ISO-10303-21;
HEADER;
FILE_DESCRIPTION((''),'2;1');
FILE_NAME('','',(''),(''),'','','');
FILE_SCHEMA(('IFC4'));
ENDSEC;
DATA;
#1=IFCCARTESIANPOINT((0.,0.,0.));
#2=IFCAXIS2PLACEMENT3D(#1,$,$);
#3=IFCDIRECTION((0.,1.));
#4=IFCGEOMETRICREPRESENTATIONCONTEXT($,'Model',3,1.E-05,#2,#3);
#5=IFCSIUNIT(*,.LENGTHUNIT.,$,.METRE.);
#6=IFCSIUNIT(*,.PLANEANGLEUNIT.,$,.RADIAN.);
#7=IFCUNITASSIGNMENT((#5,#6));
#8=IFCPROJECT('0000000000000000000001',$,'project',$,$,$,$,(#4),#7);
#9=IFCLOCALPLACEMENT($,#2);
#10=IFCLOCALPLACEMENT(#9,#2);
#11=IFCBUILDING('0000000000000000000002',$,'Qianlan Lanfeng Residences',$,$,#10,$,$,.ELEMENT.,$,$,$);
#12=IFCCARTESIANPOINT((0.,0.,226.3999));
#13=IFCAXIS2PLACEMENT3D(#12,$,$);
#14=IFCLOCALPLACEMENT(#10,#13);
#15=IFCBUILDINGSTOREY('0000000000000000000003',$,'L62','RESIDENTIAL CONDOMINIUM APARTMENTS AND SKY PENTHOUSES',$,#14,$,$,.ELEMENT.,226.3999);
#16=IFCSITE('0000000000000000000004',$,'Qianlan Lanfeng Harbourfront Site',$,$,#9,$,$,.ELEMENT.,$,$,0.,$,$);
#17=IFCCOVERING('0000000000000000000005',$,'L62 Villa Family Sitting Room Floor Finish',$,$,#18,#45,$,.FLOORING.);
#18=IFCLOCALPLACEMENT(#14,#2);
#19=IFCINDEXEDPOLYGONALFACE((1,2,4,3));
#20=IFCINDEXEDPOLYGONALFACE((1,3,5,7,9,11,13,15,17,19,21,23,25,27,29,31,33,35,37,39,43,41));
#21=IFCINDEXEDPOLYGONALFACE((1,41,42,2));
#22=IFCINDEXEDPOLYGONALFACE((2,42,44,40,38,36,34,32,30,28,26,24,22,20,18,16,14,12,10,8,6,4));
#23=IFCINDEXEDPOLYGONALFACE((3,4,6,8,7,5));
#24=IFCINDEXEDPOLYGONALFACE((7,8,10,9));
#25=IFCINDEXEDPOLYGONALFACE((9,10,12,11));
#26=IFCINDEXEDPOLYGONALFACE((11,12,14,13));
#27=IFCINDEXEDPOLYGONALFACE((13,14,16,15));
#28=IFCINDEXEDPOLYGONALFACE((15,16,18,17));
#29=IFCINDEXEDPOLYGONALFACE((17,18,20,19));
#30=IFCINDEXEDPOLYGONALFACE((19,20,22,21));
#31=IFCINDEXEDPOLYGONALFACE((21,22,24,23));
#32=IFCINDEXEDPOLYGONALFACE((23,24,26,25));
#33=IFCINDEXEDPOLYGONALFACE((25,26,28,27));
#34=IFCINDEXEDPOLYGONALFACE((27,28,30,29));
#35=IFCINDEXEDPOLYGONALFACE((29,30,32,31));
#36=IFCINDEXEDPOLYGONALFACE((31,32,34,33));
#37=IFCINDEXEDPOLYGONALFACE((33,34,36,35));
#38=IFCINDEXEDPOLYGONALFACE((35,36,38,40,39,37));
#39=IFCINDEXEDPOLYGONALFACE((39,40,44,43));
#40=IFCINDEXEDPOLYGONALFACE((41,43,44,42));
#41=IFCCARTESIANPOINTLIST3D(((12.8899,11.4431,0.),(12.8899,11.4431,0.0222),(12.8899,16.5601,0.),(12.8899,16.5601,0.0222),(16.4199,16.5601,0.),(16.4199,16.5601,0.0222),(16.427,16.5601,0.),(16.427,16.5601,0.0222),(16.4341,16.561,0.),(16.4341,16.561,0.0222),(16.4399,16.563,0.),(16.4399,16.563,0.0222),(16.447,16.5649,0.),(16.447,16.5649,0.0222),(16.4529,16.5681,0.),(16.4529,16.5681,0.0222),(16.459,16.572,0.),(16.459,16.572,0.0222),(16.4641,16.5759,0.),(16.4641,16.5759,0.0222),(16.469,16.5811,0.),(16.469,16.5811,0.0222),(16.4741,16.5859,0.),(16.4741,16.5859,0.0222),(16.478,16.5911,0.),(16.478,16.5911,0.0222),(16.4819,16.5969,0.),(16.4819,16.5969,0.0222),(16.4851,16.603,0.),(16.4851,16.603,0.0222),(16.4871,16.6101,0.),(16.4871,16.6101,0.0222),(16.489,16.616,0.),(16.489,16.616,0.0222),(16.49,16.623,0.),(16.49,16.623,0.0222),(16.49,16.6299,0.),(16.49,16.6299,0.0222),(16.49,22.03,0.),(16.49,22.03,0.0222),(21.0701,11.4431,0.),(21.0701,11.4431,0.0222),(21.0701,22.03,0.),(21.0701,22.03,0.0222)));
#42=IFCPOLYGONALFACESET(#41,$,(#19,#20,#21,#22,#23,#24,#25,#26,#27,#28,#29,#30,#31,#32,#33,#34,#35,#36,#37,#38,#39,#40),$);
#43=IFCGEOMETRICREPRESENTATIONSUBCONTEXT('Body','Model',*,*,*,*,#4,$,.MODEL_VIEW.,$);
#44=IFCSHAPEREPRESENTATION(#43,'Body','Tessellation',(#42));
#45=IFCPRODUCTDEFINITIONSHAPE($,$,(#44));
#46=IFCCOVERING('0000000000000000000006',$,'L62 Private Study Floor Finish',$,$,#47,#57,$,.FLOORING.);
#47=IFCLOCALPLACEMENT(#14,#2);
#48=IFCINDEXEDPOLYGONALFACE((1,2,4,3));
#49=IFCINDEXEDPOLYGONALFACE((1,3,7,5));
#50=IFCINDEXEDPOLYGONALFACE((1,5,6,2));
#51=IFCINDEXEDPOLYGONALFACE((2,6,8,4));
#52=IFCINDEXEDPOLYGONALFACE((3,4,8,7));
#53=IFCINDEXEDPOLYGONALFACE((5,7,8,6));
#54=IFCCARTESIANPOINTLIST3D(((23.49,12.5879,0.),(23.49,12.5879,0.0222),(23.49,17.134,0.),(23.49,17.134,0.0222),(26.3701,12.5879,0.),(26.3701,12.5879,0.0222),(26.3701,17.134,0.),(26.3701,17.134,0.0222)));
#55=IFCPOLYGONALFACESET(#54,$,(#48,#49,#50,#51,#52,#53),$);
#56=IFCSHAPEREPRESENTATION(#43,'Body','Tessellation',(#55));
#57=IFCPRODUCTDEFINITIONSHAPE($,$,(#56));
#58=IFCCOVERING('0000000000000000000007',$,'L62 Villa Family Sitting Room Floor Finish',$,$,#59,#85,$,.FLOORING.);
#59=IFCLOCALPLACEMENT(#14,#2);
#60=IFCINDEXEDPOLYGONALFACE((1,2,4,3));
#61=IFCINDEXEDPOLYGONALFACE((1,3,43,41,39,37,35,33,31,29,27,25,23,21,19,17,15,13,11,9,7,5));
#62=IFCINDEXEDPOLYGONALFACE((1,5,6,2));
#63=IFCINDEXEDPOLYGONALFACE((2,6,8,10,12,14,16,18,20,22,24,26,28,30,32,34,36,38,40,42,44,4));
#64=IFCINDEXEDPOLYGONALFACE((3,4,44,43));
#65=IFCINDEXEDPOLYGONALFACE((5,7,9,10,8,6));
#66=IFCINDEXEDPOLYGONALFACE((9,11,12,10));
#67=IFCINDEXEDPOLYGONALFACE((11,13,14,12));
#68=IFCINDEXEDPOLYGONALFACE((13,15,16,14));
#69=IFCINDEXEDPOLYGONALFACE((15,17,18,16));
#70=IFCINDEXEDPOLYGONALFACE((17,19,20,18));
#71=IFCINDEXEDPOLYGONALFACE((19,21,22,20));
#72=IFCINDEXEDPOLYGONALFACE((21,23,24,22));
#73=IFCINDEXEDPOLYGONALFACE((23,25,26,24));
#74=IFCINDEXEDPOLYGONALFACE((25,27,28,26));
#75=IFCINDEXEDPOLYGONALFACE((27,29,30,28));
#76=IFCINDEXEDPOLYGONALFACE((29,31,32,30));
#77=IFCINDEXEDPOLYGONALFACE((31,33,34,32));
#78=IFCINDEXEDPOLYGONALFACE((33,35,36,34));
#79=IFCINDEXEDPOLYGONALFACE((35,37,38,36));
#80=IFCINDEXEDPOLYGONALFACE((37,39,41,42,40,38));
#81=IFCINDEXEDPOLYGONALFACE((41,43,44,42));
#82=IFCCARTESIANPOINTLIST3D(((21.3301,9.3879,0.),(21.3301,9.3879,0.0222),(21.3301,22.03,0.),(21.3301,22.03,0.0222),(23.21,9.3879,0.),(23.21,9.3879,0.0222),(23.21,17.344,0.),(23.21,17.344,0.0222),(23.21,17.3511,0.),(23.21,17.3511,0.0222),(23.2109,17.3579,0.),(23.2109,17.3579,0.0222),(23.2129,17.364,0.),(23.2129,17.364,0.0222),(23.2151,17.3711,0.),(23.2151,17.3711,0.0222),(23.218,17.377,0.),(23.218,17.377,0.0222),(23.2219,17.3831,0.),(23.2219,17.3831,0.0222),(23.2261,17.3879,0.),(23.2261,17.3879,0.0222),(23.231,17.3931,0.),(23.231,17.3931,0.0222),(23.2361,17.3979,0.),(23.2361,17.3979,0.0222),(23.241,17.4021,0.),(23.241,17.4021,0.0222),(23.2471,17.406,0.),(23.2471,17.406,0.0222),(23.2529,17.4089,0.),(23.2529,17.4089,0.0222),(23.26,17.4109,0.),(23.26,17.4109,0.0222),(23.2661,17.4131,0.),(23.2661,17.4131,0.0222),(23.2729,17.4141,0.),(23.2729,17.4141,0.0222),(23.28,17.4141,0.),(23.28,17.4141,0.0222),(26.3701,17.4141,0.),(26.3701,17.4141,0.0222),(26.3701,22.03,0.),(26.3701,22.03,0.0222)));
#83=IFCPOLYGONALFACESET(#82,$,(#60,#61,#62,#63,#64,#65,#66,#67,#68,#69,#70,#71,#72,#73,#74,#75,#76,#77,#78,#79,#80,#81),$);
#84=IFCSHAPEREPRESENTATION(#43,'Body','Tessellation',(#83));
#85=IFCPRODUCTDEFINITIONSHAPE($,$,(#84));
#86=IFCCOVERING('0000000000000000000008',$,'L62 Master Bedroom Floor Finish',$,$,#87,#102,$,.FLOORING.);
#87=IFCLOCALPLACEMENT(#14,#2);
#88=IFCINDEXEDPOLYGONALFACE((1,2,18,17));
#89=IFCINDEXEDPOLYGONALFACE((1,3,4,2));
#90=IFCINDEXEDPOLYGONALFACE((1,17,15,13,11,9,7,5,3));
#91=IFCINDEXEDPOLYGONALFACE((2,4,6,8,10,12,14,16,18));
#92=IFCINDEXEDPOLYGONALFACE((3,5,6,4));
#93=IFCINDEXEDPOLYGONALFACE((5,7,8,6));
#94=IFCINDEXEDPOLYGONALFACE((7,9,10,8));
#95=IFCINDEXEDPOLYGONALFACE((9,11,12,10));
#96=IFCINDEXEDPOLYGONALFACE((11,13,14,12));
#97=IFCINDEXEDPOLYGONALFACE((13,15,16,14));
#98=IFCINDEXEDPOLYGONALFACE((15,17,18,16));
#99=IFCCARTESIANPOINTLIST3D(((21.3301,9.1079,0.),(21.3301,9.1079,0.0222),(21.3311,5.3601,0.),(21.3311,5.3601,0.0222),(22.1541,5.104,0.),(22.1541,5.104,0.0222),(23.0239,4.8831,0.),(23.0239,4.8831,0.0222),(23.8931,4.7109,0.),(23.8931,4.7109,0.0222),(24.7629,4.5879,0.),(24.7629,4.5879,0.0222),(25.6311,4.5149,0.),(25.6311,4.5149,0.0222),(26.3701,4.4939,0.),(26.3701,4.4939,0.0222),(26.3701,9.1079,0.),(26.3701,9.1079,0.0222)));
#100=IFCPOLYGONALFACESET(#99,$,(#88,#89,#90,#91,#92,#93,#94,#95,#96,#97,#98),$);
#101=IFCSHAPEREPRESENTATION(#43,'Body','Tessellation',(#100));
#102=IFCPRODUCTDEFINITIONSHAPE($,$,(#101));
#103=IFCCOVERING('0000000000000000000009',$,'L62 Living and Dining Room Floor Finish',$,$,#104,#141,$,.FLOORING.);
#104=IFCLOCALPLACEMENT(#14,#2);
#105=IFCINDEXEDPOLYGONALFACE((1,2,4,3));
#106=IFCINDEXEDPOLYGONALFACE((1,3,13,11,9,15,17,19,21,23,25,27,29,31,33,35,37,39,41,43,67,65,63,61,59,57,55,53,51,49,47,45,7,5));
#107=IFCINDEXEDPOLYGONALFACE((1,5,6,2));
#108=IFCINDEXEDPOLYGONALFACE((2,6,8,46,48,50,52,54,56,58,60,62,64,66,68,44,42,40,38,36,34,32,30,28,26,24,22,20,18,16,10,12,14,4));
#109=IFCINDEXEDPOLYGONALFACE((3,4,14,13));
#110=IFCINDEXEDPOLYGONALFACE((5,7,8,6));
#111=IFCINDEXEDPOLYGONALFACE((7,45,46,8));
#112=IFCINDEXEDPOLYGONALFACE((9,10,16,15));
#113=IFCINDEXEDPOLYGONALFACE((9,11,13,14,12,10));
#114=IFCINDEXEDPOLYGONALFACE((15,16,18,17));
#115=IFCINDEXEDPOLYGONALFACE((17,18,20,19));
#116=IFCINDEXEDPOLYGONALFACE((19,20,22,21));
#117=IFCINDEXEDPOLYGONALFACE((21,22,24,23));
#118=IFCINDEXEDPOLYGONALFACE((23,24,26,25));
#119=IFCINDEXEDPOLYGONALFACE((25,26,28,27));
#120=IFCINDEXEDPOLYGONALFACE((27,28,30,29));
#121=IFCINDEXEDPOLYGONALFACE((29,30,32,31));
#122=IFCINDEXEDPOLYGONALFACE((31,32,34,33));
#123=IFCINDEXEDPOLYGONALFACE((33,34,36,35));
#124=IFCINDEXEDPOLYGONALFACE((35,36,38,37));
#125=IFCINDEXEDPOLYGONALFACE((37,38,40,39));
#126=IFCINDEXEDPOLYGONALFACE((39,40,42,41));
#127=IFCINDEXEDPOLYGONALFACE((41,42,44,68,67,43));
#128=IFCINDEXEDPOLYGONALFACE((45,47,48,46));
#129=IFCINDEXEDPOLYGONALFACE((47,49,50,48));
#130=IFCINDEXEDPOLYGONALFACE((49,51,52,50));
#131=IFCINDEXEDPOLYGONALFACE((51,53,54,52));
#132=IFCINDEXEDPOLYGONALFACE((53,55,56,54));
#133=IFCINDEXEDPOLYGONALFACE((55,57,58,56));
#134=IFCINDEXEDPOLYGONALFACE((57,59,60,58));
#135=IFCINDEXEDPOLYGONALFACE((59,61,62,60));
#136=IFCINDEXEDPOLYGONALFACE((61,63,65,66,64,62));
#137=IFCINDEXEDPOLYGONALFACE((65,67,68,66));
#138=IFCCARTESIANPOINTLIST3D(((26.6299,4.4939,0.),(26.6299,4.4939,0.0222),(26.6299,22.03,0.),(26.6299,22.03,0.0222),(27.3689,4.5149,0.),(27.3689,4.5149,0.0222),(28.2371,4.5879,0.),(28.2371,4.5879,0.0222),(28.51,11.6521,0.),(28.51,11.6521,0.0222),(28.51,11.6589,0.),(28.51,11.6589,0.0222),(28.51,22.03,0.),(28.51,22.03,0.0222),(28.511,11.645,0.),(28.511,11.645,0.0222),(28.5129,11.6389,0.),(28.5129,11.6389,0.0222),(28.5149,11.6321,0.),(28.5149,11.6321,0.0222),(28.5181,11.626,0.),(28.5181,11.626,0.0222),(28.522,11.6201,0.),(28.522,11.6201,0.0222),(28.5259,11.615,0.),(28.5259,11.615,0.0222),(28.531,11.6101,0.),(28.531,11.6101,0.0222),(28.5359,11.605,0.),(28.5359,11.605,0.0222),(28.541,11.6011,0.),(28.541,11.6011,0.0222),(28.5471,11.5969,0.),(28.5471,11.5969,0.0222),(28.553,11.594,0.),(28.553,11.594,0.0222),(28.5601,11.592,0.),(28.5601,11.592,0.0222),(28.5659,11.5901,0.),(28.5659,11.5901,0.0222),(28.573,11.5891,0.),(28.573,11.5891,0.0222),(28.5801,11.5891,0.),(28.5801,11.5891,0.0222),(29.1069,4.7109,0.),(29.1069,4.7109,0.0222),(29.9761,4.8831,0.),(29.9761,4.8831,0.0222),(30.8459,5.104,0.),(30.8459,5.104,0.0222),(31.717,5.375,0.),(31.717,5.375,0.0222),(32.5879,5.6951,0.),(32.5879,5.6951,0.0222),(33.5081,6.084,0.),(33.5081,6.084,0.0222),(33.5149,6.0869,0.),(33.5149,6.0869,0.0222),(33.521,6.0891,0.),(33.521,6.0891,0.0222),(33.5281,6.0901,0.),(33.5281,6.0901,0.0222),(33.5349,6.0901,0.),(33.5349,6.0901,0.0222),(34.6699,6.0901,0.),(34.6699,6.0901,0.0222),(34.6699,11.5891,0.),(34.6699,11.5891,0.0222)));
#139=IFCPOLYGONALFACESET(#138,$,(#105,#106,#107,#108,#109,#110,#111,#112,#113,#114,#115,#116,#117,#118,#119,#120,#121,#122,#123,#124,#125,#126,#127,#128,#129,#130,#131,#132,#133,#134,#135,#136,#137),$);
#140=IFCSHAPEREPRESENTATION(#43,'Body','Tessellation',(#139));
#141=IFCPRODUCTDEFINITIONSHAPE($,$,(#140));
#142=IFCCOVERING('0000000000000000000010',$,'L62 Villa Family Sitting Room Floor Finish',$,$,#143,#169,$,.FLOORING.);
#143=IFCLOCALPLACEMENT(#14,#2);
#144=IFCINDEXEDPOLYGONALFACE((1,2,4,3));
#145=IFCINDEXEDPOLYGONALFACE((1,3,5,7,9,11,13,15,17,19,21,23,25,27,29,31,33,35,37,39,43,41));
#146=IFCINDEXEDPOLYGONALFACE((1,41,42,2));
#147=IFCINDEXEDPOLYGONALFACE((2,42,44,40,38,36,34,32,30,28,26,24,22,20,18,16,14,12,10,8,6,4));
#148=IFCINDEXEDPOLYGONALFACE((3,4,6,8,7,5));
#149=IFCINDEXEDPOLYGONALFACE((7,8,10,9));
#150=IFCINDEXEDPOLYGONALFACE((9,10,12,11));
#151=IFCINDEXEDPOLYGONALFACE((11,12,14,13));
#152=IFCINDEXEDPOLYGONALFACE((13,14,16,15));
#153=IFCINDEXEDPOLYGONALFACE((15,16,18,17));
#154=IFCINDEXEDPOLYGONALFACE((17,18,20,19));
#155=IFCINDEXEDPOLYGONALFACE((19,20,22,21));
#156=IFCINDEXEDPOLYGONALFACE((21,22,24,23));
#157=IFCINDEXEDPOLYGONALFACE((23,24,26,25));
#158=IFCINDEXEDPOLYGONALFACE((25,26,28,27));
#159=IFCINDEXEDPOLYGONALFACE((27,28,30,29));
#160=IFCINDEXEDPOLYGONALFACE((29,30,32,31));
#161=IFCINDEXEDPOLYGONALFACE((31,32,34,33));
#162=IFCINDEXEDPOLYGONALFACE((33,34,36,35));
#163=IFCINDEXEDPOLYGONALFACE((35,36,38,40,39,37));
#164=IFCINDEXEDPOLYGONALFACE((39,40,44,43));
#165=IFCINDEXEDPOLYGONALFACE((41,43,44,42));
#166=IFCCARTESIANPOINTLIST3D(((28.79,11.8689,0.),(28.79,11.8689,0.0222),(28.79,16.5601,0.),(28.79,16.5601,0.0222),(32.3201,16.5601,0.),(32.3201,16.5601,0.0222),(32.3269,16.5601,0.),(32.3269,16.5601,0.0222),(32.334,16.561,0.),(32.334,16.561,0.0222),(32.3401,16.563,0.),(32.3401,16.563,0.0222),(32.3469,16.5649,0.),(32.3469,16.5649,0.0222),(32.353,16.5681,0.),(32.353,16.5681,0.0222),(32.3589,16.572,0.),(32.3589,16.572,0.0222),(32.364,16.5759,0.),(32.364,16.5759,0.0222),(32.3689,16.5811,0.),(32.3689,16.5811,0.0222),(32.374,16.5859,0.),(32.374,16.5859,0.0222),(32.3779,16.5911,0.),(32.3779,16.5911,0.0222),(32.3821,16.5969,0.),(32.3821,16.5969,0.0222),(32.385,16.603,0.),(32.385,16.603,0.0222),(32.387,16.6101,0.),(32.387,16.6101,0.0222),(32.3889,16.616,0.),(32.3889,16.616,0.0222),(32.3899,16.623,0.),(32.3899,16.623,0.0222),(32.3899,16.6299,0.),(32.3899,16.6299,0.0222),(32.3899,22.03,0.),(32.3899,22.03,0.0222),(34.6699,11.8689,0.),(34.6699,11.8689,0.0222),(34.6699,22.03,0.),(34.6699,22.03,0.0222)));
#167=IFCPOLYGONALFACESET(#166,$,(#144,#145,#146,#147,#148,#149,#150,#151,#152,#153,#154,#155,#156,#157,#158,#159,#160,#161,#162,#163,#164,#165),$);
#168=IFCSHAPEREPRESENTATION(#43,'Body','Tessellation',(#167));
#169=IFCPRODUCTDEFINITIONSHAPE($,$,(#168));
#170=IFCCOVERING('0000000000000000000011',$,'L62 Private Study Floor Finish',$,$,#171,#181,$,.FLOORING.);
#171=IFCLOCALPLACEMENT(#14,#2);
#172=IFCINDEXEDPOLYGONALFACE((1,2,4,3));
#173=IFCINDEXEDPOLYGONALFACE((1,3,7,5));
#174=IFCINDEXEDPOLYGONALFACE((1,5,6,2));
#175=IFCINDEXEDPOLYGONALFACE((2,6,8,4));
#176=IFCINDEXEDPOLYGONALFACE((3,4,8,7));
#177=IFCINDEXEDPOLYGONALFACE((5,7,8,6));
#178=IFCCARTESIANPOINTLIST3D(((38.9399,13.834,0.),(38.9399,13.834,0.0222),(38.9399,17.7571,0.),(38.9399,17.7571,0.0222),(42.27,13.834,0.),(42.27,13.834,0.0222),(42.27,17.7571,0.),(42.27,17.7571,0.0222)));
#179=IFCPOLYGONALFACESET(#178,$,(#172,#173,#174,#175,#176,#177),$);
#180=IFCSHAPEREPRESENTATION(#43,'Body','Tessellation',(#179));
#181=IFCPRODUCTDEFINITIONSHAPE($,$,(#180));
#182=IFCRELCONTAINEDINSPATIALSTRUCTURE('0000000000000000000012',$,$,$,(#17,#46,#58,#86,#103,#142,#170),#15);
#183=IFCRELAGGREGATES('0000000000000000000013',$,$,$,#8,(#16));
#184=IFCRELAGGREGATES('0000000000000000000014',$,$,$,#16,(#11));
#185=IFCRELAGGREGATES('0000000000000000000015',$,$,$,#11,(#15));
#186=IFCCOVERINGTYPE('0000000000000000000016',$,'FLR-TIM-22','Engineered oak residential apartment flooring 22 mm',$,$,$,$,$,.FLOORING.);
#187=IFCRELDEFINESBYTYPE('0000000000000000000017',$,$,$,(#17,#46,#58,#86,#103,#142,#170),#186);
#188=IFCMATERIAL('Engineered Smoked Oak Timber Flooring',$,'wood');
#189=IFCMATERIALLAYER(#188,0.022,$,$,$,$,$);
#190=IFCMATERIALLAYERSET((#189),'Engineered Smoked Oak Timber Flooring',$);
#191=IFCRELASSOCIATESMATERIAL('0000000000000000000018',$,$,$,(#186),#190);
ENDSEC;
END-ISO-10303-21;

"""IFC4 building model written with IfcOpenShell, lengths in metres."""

from ifc_helpers import new_model, si_unit, direction, frame, origin, place, context, subcontext, project, spatial, polyline, outline, extrude, material, layer, layer_set, type_object, element, save


model = new_model("IFC4")

# Units and contexts
model_context = context("Model", 3, precision=1e-05, world=origin(), true_north=direction((0.0, 1.0)))
body_context = subcontext(model_context, "Body", "Model", "MODEL_VIEW")
ifc_project = project(units=[si_unit("LENGTHUNIT", "METRE"), si_unit("PLANEANGLEUNIT", "RADIAN")], contexts=[model_context])

# Site, building, storey
site_placement = place(None, origin())
site = spatial("IfcSite", under=ifc_project, at=site_placement, Name="Qianlan Lanfeng Harbourfront Site", CompositionType="ELEMENT", RefElevation=0.0)
building_placement = place(site_placement, origin())
building = spatial("IfcBuilding", under=site, at=building_placement, Name="Qianlan Lanfeng Residences", CompositionType="ELEMENT")
storey_placement = place(building_placement, frame((0.0, 0.0, 226.3999)))
storey = spatial("IfcBuildingStorey", under=building, at=storey_placement, Name="L62", Description="RESIDENTIAL CONDOMINIUM APARTMENTS AND SKY PENTHOUSES", CompositionType="ELEMENT", Elevation=226.3999)

# Coverings
ifc_material_1 = material(Name="Engineered Smoked Oak Timber Flooring", Category="wood")
ifc_layer_1 = layer(ifc_material_1, 0.022)
ifc_layer_set_1 = layer_set([ifc_layer_1], Name="Engineered Smoked Oak Timber Flooring")
covering_type_1 = type_object("IfcCoveringType", Name="FLR-TIM-22", Description="Engineered oak residential apartment flooring 22 mm", PredefinedType="FLOORING", material=ifc_layer_set_1)
covering_1_placement = place(storey_placement, origin())
element("IfcCovering", 1, at=covering_1_placement, inside=storey, type_object=covering_type_1, Name="L62 Villa Family Sitting Room Floor Finish", PredefinedType="FLOORING", context=body_context, shape_type="SweptSolid", body=[
    extrude(outline(polyline([(12.8899, 11.4431), (21.0701, 11.4431), (21.0701, 22.03), (16.49, 22.03), (16.49, 16.6299), (16.49, 16.623), (16.489, 16.616), (16.4871, 16.6101), (16.4851, 16.603), (16.4819, 16.5969), (16.478, 16.5911), (16.4741, 16.5859), (16.469, 16.5811), (16.4641, 16.5759), (16.459, 16.572), (16.4529, 16.5681), (16.447, 16.5649), (16.4399, 16.563), (16.4341, 16.561), (16.427, 16.5601), (16.4199, 16.5601), (12.8899, 16.5601), (12.8899, 11.4431)])), origin(), (0.0, 0.0, 1.0), 0.0222),
])
covering_2_placement = place(storey_placement, origin())
element("IfcCovering", 2, at=covering_2_placement, inside=storey, type_object=covering_type_1, Name="L62 Private Study Floor Finish", PredefinedType="FLOORING", context=body_context, shape_type="SweptSolid", body=[
    extrude(outline(polyline([(23.49, 12.5879), (26.3701, 12.5879), (26.3701, 17.134), (23.49, 17.134), (23.49, 12.5879)])), origin(), (0.0, 0.0, 1.0), 0.0222),
])
covering_3_placement = place(storey_placement, origin())
element("IfcCovering", 3, at=covering_3_placement, inside=storey, type_object=covering_type_1, Name="L62 Villa Family Sitting Room Floor Finish", PredefinedType="FLOORING", context=body_context, shape_type="SweptSolid", body=[
    extrude(outline(polyline([(21.3301, 9.3879), (23.21, 9.3879), (23.21, 17.344), (23.21, 17.3511), (23.2109, 17.3579), (23.2129, 17.364), (23.2151, 17.3711), (23.218, 17.377), (23.2219, 17.3831), (23.2261, 17.3879), (23.231, 17.3931), (23.2361, 17.3979), (23.241, 17.4021), (23.2471, 17.406), (23.2529, 17.4089), (23.26, 17.4109), (23.2661, 17.4131), (23.2729, 17.4141), (23.28, 17.4141), (26.3701, 17.4141), (26.3701, 22.03), (21.3301, 22.03), (21.3301, 9.3879)])), origin(), (0.0, 0.0, 1.0), 0.0222),
])
covering_4_placement = place(storey_placement, origin())
element("IfcCovering", 4, at=covering_4_placement, inside=storey, type_object=covering_type_1, Name="L62 Master Bedroom Floor Finish", PredefinedType="FLOORING", context=body_context, shape_type="SweptSolid", body=[
    extrude(outline(polyline([(21.3301, 9.1079), (21.3311, 5.3601), (22.1541, 5.104), (23.0239, 4.8831), (23.8931, 4.7109), (24.7629, 4.5879), (25.6311, 4.5149), (26.3701, 4.4939), (26.3701, 9.1079), (21.3301, 9.1079)])), origin(), (0.0, 0.0, 1.0), 0.0222),
])
covering_5_placement = place(storey_placement, origin())
element("IfcCovering", 5, at=covering_5_placement, inside=storey, type_object=covering_type_1, Name="L62 Living and Dining Room Floor Finish", PredefinedType="FLOORING", context=body_context, shape_type="SweptSolid", body=[
    extrude(outline(polyline([(34.6699, 6.0901), (34.6699, 11.5891), (28.5801, 11.5891), (28.573, 11.5891), (28.5659, 11.5901), (28.5601, 11.592), (28.553, 11.594), (28.5471, 11.5969), (28.541, 11.6011), (28.5359, 11.605), (28.531, 11.6101), (28.5259, 11.615), (28.522, 11.6201), (28.5181, 11.626), (28.5149, 11.6321), (28.5129, 11.6389), (28.511, 11.645), (28.51, 11.6521), (28.51, 11.6589), (28.51, 22.03), (26.6299, 22.03), (26.6299, 4.4939), (27.3689, 4.5149), (28.2371, 4.5879), (29.1069, 4.7109), (29.9761, 4.8831), (30.8459, 5.104), (31.717, 5.375), (32.5879, 5.6951), (33.5081, 6.084), (33.5149, 6.0869), (33.521, 6.0891), (33.5281, 6.0901), (33.5349, 6.0901), (34.6699, 6.0901)])), origin(), (0.0, 0.0, 1.0), 0.0222),
])
covering_6_placement = place(storey_placement, origin())
element("IfcCovering", 6, at=covering_6_placement, inside=storey, type_object=covering_type_1, Name="L62 Villa Family Sitting Room Floor Finish", PredefinedType="FLOORING", context=body_context, shape_type="SweptSolid", body=[
    extrude(outline(polyline([(28.79, 11.8689), (34.6699, 11.8689), (34.6699, 22.03), (32.3899, 22.03), (32.3899, 16.6299), (32.3899, 16.623), (32.3889, 16.616), (32.387, 16.6101), (32.385, 16.603), (32.3821, 16.5969), (32.3779, 16.5911), (32.374, 16.5859), (32.3689, 16.5811), (32.364, 16.5759), (32.3589, 16.572), (32.353, 16.5681), (32.3469, 16.5649), (32.3401, 16.563), (32.334, 16.561), (32.3269, 16.5601), (32.3201, 16.5601), (28.79, 16.5601), (28.79, 11.8689)])), origin(), (0.0, 0.0, 1.0), 0.0222),
])
covering_7_placement = place(storey_placement, origin())
element("IfcCovering", 7, at=covering_7_placement, inside=storey, type_object=covering_type_1, Name="L62 Private Study Floor Finish", PredefinedType="FLOORING", context=body_context, shape_type="SweptSolid", body=[
    extrude(outline(polyline([(38.9399, 13.834), (42.27, 13.834), (42.27, 17.7571), (38.9399, 17.7571), (38.9399, 13.834)])), origin(), (0.0, 0.0, 1.0), 0.0222),
])

save(model, "model.ifc")
